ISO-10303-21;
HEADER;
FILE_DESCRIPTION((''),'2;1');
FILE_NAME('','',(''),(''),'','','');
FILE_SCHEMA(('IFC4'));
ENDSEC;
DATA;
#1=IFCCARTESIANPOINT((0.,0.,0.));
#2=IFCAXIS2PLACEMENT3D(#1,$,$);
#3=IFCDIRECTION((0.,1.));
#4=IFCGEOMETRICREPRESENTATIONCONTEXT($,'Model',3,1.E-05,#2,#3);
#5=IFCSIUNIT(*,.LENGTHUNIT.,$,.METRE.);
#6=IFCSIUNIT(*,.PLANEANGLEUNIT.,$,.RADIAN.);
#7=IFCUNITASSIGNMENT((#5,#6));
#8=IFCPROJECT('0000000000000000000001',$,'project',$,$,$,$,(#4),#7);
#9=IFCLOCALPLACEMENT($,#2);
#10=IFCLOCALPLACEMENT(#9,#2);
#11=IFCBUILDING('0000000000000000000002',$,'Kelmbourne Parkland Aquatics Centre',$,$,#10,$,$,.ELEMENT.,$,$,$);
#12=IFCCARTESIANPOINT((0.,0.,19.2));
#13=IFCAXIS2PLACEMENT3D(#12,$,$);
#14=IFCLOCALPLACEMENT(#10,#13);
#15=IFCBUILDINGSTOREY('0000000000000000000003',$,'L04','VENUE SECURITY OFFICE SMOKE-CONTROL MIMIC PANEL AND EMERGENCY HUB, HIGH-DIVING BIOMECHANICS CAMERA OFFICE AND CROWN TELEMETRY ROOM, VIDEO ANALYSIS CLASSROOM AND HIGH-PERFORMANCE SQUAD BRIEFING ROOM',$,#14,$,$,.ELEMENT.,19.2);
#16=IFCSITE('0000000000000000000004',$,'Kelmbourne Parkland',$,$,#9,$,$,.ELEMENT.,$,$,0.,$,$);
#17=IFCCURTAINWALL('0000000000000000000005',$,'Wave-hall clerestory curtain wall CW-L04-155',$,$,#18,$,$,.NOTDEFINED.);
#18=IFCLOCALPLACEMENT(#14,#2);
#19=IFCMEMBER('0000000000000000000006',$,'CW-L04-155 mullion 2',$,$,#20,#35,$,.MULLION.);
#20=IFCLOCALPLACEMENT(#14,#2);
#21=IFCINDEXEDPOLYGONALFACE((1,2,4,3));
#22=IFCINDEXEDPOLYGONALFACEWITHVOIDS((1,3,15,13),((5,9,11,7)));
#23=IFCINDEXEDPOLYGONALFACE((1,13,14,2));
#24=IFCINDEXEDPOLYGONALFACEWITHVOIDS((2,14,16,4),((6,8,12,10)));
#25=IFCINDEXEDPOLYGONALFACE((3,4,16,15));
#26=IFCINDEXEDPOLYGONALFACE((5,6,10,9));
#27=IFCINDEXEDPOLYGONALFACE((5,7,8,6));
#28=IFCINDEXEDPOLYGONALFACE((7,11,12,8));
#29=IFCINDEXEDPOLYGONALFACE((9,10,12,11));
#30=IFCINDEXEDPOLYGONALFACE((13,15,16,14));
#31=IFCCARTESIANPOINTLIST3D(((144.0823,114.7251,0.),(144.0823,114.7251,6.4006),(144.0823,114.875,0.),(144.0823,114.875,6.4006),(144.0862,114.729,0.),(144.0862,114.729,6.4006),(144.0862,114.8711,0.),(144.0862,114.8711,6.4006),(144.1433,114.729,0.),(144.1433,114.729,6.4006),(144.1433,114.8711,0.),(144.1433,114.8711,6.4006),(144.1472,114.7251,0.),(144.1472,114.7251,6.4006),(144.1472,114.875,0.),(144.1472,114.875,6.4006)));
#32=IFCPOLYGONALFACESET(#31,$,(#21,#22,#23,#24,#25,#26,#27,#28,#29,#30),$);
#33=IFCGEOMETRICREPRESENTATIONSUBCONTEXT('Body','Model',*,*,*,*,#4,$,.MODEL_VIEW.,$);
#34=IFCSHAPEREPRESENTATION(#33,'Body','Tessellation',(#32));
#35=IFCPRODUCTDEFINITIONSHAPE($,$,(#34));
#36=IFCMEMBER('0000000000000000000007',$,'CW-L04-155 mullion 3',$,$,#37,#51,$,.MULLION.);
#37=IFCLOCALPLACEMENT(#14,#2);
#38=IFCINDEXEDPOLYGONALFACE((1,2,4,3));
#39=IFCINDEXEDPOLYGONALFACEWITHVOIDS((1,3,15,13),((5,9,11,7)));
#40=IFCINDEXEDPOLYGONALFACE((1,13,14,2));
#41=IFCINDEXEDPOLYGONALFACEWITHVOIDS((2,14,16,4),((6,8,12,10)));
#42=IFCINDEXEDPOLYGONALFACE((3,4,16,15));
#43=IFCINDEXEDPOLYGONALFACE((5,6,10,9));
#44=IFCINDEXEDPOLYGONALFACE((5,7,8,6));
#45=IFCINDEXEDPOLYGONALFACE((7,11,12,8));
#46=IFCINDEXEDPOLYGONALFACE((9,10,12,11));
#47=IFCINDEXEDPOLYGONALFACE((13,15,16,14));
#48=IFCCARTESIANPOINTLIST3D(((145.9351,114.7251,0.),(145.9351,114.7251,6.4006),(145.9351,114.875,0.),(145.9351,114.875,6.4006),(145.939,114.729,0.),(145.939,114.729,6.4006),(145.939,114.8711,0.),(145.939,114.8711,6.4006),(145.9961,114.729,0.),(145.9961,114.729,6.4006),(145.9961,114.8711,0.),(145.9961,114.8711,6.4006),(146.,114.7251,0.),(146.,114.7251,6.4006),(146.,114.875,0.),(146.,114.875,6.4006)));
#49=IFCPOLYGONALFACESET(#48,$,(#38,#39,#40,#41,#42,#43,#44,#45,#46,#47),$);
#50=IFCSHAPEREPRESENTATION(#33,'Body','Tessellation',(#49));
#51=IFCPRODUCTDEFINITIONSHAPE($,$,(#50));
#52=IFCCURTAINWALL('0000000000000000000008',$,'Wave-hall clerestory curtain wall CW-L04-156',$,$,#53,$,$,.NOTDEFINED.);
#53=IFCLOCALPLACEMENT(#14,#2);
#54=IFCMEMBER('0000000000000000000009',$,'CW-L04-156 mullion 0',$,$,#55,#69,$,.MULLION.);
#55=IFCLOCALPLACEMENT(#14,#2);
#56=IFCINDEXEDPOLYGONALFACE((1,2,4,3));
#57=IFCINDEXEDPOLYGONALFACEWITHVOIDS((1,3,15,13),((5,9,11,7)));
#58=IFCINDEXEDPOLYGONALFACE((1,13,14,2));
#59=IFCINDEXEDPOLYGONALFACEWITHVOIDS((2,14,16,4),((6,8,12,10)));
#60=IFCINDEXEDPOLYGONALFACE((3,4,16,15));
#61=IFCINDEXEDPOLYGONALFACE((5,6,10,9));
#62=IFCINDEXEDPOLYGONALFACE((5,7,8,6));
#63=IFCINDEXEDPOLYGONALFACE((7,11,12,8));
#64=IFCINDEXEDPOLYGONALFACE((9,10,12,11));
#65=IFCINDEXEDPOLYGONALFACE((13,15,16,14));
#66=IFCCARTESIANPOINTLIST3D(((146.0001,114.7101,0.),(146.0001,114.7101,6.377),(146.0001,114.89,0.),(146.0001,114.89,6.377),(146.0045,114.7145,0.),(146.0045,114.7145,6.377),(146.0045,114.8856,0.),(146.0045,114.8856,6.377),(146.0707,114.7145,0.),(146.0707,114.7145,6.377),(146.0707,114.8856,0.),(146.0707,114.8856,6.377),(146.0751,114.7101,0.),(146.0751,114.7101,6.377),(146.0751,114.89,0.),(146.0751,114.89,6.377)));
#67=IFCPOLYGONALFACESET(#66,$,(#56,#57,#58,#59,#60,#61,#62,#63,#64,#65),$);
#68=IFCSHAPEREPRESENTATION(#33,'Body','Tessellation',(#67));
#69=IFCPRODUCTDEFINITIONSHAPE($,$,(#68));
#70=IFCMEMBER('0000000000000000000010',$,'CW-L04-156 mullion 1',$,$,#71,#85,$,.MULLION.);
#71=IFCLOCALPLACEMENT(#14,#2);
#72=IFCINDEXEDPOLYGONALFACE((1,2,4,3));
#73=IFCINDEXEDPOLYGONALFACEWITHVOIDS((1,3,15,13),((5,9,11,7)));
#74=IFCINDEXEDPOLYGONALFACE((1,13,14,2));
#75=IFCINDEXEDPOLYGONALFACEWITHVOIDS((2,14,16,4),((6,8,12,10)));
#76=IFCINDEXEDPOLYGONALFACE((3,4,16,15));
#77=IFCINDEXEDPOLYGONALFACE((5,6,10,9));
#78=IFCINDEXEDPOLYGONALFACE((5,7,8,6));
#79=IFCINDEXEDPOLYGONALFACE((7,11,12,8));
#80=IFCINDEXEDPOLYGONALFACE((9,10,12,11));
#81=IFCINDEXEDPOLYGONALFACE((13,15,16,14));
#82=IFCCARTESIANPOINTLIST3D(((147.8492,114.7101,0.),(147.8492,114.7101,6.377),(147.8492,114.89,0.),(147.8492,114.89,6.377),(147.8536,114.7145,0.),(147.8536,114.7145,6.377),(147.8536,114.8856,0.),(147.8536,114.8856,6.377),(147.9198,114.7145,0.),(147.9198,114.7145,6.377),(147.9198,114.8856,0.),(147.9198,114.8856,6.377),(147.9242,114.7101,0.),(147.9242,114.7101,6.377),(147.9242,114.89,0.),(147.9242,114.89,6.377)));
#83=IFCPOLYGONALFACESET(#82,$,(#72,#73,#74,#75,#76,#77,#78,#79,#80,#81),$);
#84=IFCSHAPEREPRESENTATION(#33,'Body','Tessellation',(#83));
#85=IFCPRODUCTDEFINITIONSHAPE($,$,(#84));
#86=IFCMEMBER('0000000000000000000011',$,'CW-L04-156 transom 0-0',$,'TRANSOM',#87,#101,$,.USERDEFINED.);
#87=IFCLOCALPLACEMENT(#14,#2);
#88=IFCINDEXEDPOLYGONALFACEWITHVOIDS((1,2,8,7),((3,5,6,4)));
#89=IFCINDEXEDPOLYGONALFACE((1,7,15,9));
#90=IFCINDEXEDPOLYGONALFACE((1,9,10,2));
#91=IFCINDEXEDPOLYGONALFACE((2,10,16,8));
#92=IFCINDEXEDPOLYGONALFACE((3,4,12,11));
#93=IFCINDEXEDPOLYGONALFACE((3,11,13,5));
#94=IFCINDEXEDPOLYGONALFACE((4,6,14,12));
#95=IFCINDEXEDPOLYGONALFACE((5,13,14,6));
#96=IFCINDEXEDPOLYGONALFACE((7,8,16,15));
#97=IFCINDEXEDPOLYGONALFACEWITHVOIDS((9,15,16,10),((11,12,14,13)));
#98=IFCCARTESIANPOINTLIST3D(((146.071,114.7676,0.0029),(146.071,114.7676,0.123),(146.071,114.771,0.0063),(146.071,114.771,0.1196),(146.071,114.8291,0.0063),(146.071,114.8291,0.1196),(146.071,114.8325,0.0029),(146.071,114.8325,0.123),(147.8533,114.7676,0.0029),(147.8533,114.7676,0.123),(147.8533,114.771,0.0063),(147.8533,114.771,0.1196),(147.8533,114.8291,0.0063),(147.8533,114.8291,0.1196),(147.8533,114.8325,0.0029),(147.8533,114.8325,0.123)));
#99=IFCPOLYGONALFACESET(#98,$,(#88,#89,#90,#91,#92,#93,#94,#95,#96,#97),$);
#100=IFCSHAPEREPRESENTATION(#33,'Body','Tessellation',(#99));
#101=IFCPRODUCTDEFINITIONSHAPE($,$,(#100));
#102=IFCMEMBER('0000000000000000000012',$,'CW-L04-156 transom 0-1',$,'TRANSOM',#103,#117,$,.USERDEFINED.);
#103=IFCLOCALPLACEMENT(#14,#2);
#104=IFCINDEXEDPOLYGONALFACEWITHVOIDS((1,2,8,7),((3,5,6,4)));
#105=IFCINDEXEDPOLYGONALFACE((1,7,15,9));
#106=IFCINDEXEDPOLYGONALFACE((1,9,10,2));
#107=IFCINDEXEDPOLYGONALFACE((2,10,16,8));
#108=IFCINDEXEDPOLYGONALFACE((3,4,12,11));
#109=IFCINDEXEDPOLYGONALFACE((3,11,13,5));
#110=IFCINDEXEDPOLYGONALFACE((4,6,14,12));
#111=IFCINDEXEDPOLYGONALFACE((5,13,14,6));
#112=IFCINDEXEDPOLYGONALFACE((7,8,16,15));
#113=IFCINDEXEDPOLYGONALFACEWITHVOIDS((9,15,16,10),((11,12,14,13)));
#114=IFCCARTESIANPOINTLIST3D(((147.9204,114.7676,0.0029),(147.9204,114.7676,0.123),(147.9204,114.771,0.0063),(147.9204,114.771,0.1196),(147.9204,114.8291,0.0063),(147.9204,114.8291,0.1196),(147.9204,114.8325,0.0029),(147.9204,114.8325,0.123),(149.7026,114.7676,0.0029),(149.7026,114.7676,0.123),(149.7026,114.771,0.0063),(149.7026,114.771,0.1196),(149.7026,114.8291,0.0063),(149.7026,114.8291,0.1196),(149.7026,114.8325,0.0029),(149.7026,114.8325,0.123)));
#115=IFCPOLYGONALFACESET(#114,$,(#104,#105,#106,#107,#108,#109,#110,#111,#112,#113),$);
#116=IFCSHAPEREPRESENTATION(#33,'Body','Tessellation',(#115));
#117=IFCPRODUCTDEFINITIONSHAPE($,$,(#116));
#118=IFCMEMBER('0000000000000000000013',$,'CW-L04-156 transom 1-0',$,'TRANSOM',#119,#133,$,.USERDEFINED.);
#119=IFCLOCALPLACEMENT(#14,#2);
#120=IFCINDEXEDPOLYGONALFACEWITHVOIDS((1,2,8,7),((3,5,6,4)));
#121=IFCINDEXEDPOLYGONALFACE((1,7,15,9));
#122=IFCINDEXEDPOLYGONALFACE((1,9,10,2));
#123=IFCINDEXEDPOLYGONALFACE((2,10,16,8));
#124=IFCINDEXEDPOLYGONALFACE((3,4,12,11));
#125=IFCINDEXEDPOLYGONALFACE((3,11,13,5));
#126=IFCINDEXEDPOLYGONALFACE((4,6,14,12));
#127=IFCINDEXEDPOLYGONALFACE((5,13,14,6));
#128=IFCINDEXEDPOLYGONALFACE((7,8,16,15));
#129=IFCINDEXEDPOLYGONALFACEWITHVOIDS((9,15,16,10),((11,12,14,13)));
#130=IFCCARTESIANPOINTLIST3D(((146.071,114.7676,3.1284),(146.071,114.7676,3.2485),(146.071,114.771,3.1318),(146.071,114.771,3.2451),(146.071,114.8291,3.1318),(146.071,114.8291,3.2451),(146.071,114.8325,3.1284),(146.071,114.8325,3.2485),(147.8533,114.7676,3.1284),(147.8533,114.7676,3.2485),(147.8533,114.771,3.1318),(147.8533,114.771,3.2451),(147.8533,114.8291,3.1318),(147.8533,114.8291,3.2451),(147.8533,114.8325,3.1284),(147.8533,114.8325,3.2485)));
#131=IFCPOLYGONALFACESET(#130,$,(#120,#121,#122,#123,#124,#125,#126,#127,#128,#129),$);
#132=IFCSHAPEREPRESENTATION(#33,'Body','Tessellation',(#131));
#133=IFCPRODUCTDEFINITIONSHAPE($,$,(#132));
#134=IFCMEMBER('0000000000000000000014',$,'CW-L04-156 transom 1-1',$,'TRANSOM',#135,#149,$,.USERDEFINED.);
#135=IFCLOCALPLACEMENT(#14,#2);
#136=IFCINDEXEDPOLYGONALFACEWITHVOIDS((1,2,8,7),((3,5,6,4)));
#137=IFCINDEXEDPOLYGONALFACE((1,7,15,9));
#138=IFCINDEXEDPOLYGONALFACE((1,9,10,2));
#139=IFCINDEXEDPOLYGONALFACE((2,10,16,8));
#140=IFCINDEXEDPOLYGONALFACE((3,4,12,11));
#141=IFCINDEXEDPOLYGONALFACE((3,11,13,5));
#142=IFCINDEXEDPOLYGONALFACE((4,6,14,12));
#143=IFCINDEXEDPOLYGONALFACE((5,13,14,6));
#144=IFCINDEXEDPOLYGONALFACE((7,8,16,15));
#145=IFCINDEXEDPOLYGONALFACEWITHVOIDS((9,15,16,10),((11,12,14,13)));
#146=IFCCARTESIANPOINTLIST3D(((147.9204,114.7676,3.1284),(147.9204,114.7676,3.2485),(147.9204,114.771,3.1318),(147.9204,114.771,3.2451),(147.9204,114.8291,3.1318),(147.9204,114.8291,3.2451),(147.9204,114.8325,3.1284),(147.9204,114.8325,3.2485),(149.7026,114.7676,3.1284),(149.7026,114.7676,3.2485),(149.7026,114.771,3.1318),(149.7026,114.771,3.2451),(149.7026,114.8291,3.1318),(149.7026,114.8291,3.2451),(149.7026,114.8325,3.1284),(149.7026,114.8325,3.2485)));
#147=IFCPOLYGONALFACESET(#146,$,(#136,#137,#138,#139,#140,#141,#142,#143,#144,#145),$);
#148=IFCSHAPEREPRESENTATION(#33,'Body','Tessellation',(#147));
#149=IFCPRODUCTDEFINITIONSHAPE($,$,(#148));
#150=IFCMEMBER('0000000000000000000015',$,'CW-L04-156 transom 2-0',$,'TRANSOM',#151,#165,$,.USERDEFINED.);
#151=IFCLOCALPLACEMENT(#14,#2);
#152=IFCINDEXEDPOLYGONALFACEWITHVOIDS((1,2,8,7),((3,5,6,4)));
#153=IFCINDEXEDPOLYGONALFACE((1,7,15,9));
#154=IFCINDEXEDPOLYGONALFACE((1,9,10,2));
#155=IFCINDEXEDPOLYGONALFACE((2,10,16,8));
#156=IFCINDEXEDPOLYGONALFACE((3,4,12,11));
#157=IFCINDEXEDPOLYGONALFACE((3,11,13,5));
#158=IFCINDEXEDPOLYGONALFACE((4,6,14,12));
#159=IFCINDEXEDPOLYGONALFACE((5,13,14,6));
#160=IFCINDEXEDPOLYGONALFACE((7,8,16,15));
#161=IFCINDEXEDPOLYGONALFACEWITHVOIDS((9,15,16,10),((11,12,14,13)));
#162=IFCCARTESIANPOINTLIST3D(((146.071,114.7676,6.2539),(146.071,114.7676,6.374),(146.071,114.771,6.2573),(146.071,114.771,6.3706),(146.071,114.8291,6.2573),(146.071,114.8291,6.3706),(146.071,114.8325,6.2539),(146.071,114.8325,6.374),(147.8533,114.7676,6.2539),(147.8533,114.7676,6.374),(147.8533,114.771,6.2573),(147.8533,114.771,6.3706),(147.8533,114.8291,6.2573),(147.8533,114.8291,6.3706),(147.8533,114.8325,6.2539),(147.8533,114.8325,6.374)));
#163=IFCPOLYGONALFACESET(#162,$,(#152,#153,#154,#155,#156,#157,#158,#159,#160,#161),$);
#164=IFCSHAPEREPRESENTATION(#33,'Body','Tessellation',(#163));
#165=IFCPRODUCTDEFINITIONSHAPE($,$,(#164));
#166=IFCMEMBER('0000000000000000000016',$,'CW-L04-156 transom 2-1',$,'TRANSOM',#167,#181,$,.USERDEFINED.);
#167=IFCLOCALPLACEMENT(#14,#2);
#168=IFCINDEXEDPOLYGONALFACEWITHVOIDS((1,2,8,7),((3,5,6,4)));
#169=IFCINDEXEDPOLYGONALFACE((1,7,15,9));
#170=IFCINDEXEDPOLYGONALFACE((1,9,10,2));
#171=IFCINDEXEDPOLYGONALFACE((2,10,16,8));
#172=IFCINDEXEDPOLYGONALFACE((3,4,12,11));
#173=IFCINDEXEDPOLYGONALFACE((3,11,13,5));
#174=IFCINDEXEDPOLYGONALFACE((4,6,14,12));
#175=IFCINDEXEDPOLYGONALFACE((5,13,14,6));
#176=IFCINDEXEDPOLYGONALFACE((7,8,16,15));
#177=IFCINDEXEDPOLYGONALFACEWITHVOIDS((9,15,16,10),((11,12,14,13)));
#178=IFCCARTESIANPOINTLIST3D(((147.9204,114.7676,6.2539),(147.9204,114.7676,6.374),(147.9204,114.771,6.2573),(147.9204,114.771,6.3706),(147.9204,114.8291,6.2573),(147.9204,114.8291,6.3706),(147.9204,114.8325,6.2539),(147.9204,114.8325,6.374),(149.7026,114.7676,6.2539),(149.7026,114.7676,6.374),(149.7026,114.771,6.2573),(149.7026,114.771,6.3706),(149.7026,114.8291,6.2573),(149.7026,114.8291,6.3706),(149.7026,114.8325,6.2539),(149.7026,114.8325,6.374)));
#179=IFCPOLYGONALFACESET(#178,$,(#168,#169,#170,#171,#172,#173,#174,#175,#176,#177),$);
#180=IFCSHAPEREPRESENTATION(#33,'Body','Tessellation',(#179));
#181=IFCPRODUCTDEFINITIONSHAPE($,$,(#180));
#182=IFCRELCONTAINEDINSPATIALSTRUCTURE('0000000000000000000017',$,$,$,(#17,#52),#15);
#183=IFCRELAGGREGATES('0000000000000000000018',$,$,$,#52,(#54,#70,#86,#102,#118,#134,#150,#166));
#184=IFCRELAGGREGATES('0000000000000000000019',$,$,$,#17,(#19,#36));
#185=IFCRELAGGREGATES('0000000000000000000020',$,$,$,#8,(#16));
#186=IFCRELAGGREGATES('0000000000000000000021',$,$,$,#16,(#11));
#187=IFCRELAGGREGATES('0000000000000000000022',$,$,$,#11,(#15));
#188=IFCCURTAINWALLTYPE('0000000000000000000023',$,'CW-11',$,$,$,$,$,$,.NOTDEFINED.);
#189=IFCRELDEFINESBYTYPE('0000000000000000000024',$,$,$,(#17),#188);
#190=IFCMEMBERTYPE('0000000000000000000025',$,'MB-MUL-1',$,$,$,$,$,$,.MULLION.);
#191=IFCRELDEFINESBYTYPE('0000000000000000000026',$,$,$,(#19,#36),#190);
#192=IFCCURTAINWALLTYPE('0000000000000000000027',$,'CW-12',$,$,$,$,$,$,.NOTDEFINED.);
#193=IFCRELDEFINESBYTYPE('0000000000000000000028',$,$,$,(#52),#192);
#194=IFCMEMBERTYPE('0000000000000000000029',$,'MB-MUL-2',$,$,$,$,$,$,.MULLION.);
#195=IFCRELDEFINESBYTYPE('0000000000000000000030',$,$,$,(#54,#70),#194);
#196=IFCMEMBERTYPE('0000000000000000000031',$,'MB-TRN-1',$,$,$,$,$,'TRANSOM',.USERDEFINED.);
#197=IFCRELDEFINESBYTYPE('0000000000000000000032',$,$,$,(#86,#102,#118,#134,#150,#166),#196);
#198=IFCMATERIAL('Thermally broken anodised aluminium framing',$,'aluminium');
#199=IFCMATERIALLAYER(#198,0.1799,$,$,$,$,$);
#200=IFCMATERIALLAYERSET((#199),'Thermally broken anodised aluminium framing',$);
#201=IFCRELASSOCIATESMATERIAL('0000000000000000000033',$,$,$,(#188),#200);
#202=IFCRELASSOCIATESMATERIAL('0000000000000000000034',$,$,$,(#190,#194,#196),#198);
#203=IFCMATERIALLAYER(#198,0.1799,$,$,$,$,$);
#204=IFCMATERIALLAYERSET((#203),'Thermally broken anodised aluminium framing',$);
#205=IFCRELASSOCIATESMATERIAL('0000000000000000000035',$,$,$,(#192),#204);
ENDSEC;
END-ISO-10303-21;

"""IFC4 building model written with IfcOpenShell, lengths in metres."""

from ifc_helpers import new_model, si_unit, direction, frame, origin, origin_2d, place, context, subcontext, project, spatial, hollow_rectangle, extrude, material, layer, layer_set, material_profile, profile_set, type_object, element, aggregate, save


model = new_model("IFC4")

# Units and contexts
model_context = context("Model", 3, precision=1e-05, world=origin(), true_north=direction((0.0, 1.0)))
body_context = subcontext(model_context, "Body", "Model", "MODEL_VIEW")
ifc_project = project(units=[si_unit("LENGTHUNIT", "METRE"), si_unit("PLANEANGLEUNIT", "RADIAN")], contexts=[model_context])

# Site, building, storey
site_placement = place(None, origin())
site = spatial("IfcSite", under=ifc_project, at=site_placement, Name="Kelmbourne Parkland", CompositionType="ELEMENT", RefElevation=0.0)
building_placement = place(site_placement, origin())
building = spatial("IfcBuilding", under=site, at=building_placement, Name="Kelmbourne Parkland Aquatics Centre", CompositionType="ELEMENT")
storey_placement = place(building_placement, frame((0.0, 0.0, 19.2)))
storey = spatial("IfcBuildingStorey", under=building, at=storey_placement, Name="L04", Description="VENUE SECURITY OFFICE SMOKE-CONTROL MIMIC PANEL AND EMERGENCY HUB, HIGH-DIVING BIOMECHANICS CAMERA OFFICE AND CROWN TELEMETRY ROOM, VIDEO ANALYSIS CLASSROOM AND HIGH-PERFORMANCE SQUAD BRIEFING ROOM", CompositionType="ELEMENT", Elevation=19.2)

# Curtain walls, members
ifc_material_1 = material(Name="Thermally broken anodised aluminium framing", Category="aluminium")
ifc_layer_1 = layer(ifc_material_1, 0.1799)
ifc_layer_set_1 = layer_set([ifc_layer_1], Name="Thermally broken anodised aluminium framing")
curtain_wall_type_1 = type_object("IfcCurtainWallType", Name="CW-11", PredefinedType="NOTDEFINED", material=ifc_layer_set_1)
curtain_wall_1_placement = place(storey_placement, origin())
curtain_wall_1 = element("IfcCurtainWall", 1, at=curtain_wall_1_placement, inside=storey, type_object=curtain_wall_type_1, Name="Wave-hall clerestory curtain wall CW-L04-155", PredefinedType="NOTDEFINED")
ifc_material_profile_1 = material_profile(ifc_material_1, hollow_rectangle(XDim=0.0649, YDim=0.1499, WallThickness=0.0039, at=origin_2d()), Name="CW-M 65x150")
ifc_profile_set_1 = profile_set([ifc_material_profile_1], Name="Thermally broken anodised aluminium framing")
member_type_1 = type_object("IfcMemberType", Name="MB-MUL-1", PredefinedType="MULLION", material=ifc_profile_set_1)
member_1_placement = place(storey_placement, frame((144.1147, 114.8, 0.0), z_axis=(0.0, 0.0, 1.0), x_axis=(1.0, 0.0, 0.0)))
member_1 = element("IfcMember", 2, at=member_1_placement, type_object=member_type_1, Name="CW-L04-155 mullion 2", PredefinedType="MULLION", context=body_context, shape_type="SweptSolid", body=[
    extrude(hollow_rectangle(XDim=0.0649, YDim=0.1499, WallThickness=0.0039, at=origin_2d()), origin(), (0.0, 0.0, 1.0), 6.4006),
])
member_2_placement = place(storey_placement, frame((145.9675, 114.8, 0.0), z_axis=(0.0, 0.0, 1.0), x_axis=(1.0, 0.0, 0.0)))
member_2 = element("IfcMember", 3, at=member_2_placement, type_object=member_type_1, Name="CW-L04-155 mullion 3", PredefinedType="MULLION", context=body_context, shape_type="SweptSolid", body=[
    extrude(hollow_rectangle(XDim=0.0649, YDim=0.1499, WallThickness=0.0039, at=origin_2d()), origin(), (0.0, 0.0, 1.0), 6.4006),
])
ifc_layer_2 = layer(ifc_material_1, 0.1799)
ifc_layer_set_2 = layer_set([ifc_layer_2], Name="Thermally broken anodised aluminium framing")
curtain_wall_type_2 = type_object("IfcCurtainWallType", Name="CW-12", PredefinedType="NOTDEFINED", material=ifc_layer_set_2)
curtain_wall_2_placement = place(storey_placement, origin())
curtain_wall_2 = element("IfcCurtainWall", 4, at=curtain_wall_2_placement, inside=storey, type_object=curtain_wall_type_2, Name="Wave-hall clerestory curtain wall CW-L04-156", PredefinedType="NOTDEFINED")
ifc_material_profile_2 = material_profile(ifc_material_1, hollow_rectangle(XDim=0.075, YDim=0.1799, WallThickness=0.0044, at=origin_2d()), Name="CW-M 75x180")
ifc_profile_set_2 = profile_set([ifc_material_profile_2], Name="Thermally broken anodised aluminium framing")
member_type_2 = type_object("IfcMemberType", Name="MB-MUL-2", PredefinedType="MULLION", material=ifc_profile_set_2)
member_3_placement = place(storey_placement, frame((146.0376, 114.8, 0.0), z_axis=(0.0, 0.0, 1.0), x_axis=(1.0, 0.0, 0.0)))
member_3 = element("IfcMember", 5, at=member_3_placement, type_object=member_type_2, Name="CW-L04-156 mullion 0", PredefinedType="MULLION", context=body_context, shape_type="SweptSolid", body=[
    extrude(hollow_rectangle(XDim=0.075, YDim=0.1799, WallThickness=0.0044, at=origin_2d()), origin(), (0.0, 0.0, 1.0), 6.377),
])
member_4_placement = place(storey_placement, frame((147.8867, 114.8, 0.0), z_axis=(0.0, 0.0, 1.0), x_axis=(1.0, 0.0, 0.0)))
member_4 = element("IfcMember", 6, at=member_4_placement, type_object=member_type_2, Name="CW-L04-156 mullion 1", PredefinedType="MULLION", context=body_context, shape_type="SweptSolid", body=[
    extrude(hollow_rectangle(XDim=0.075, YDim=0.1799, WallThickness=0.0044, at=origin_2d()), origin(), (0.0, 0.0, 1.0), 6.377),
])
ifc_material_profile_3 = material_profile(ifc_material_1, hollow_rectangle(XDim=0.0649, YDim=0.1201, WallThickness=0.0034, at=origin_2d()), Name="CW-T 65x120")
ifc_profile_set_3 = profile_set([ifc_material_profile_3], Name="Thermally broken anodised aluminium framing")
member_type_3 = type_object("IfcMemberType", Name="MB-TRN-1", ElementType="TRANSOM", PredefinedType="USERDEFINED", material=ifc_profile_set_3)
member_5_placement = place(storey_placement, frame((146.071, 114.8, 0.063), z_axis=(1.0, 0.0, 0.0), x_axis=(0.0, 1.0, 0.0)))
member_5 = element("IfcMember", 7, at=member_5_placement, type_object=member_type_3, Name="CW-L04-156 transom 0-0", ObjectType="TRANSOM", PredefinedType="USERDEFINED", context=body_context, shape_type="SweptSolid", body=[
    extrude(hollow_rectangle(XDim=0.0649, YDim=0.1201, WallThickness=0.0034, at=origin_2d()), origin(), (0.0, 0.0, 1.0), 1.7822),
])
member_6_placement = place(storey_placement, frame((147.9204, 114.8, 0.063), z_axis=(1.0, 0.0, 0.0), x_axis=(0.0, 1.0, 0.0)))
member_6 = element("IfcMember", 8, at=member_6_placement, type_object=member_type_3, Name="CW-L04-156 transom 0-1", ObjectType="TRANSOM", PredefinedType="USERDEFINED", context=body_context, shape_type="SweptSolid", body=[
    extrude(hollow_rectangle(XDim=0.0649, YDim=0.1201, WallThickness=0.0034, at=origin_2d()), origin(), (0.0, 0.0, 1.0), 1.7822),
])
member_7_placement = place(storey_placement, frame((146.071, 114.8, 3.1885), z_axis=(1.0, 0.0, 0.0), x_axis=(0.0, 1.0, 0.0)))
member_7 = element("IfcMember", 9, at=member_7_placement, type_object=member_type_3, Name="CW-L04-156 transom 1-0", ObjectType="TRANSOM", PredefinedType="USERDEFINED", context=body_context, shape_type="SweptSolid", body=[
    extrude(hollow_rectangle(XDim=0.0649, YDim=0.1201, WallThickness=0.0034, at=origin_2d()), origin(), (0.0, 0.0, 1.0), 1.7822),
])
member_8_placement = place(storey_placement, frame((147.9204, 114.8, 3.1885), z_axis=(1.0, 0.0, 0.0), x_axis=(0.0, 1.0, 0.0)))
member_8 = element("IfcMember", 10, at=member_8_placement, type_object=member_type_3, Name="CW-L04-156 transom 1-1", ObjectType="TRANSOM", PredefinedType="USERDEFINED", context=body_context, shape_type="SweptSolid", body=[
    extrude(hollow_rectangle(XDim=0.0649, YDim=0.1201, WallThickness=0.0034, at=origin_2d()), origin(), (0.0, 0.0, 1.0), 1.7822),
])
member_9_placement = place(storey_placement, frame((146.071, 114.8, 6.314), z_axis=(1.0, 0.0, 0.0), x_axis=(0.0, 1.0, 0.0)))
member_9 = element("IfcMember", 11, at=member_9_placement, type_object=member_type_3, Name="CW-L04-156 transom 2-0", ObjectType="TRANSOM", PredefinedType="USERDEFINED", context=body_context, shape_type="SweptSolid", body=[
    extrude(hollow_rectangle(XDim=0.0649, YDim=0.1201, WallThickness=0.0034, at=origin_2d()), origin(), (0.0, 0.0, 1.0), 1.7822),
])
member_10_placement = place(storey_placement, frame((147.9204, 114.8, 6.314), z_axis=(1.0, 0.0, 0.0), x_axis=(0.0, 1.0, 0.0)))
member_10 = element("IfcMember", 12, at=member_10_placement, type_object=member_type_3, Name="CW-L04-156 transom 2-1", ObjectType="TRANSOM", PredefinedType="USERDEFINED", context=body_context, shape_type="SweptSolid", body=[
    extrude(hollow_rectangle(XDim=0.0649, YDim=0.1201, WallThickness=0.0034, at=origin_2d()), origin(), (0.0, 0.0, 1.0), 1.7822),
])

aggregate(curtain_wall_2, [member_3, member_4, member_5, member_6, member_7, member_8, member_9, member_10])
aggregate(curtain_wall_1, [member_1, member_2])

save(model, "model.ifc")
